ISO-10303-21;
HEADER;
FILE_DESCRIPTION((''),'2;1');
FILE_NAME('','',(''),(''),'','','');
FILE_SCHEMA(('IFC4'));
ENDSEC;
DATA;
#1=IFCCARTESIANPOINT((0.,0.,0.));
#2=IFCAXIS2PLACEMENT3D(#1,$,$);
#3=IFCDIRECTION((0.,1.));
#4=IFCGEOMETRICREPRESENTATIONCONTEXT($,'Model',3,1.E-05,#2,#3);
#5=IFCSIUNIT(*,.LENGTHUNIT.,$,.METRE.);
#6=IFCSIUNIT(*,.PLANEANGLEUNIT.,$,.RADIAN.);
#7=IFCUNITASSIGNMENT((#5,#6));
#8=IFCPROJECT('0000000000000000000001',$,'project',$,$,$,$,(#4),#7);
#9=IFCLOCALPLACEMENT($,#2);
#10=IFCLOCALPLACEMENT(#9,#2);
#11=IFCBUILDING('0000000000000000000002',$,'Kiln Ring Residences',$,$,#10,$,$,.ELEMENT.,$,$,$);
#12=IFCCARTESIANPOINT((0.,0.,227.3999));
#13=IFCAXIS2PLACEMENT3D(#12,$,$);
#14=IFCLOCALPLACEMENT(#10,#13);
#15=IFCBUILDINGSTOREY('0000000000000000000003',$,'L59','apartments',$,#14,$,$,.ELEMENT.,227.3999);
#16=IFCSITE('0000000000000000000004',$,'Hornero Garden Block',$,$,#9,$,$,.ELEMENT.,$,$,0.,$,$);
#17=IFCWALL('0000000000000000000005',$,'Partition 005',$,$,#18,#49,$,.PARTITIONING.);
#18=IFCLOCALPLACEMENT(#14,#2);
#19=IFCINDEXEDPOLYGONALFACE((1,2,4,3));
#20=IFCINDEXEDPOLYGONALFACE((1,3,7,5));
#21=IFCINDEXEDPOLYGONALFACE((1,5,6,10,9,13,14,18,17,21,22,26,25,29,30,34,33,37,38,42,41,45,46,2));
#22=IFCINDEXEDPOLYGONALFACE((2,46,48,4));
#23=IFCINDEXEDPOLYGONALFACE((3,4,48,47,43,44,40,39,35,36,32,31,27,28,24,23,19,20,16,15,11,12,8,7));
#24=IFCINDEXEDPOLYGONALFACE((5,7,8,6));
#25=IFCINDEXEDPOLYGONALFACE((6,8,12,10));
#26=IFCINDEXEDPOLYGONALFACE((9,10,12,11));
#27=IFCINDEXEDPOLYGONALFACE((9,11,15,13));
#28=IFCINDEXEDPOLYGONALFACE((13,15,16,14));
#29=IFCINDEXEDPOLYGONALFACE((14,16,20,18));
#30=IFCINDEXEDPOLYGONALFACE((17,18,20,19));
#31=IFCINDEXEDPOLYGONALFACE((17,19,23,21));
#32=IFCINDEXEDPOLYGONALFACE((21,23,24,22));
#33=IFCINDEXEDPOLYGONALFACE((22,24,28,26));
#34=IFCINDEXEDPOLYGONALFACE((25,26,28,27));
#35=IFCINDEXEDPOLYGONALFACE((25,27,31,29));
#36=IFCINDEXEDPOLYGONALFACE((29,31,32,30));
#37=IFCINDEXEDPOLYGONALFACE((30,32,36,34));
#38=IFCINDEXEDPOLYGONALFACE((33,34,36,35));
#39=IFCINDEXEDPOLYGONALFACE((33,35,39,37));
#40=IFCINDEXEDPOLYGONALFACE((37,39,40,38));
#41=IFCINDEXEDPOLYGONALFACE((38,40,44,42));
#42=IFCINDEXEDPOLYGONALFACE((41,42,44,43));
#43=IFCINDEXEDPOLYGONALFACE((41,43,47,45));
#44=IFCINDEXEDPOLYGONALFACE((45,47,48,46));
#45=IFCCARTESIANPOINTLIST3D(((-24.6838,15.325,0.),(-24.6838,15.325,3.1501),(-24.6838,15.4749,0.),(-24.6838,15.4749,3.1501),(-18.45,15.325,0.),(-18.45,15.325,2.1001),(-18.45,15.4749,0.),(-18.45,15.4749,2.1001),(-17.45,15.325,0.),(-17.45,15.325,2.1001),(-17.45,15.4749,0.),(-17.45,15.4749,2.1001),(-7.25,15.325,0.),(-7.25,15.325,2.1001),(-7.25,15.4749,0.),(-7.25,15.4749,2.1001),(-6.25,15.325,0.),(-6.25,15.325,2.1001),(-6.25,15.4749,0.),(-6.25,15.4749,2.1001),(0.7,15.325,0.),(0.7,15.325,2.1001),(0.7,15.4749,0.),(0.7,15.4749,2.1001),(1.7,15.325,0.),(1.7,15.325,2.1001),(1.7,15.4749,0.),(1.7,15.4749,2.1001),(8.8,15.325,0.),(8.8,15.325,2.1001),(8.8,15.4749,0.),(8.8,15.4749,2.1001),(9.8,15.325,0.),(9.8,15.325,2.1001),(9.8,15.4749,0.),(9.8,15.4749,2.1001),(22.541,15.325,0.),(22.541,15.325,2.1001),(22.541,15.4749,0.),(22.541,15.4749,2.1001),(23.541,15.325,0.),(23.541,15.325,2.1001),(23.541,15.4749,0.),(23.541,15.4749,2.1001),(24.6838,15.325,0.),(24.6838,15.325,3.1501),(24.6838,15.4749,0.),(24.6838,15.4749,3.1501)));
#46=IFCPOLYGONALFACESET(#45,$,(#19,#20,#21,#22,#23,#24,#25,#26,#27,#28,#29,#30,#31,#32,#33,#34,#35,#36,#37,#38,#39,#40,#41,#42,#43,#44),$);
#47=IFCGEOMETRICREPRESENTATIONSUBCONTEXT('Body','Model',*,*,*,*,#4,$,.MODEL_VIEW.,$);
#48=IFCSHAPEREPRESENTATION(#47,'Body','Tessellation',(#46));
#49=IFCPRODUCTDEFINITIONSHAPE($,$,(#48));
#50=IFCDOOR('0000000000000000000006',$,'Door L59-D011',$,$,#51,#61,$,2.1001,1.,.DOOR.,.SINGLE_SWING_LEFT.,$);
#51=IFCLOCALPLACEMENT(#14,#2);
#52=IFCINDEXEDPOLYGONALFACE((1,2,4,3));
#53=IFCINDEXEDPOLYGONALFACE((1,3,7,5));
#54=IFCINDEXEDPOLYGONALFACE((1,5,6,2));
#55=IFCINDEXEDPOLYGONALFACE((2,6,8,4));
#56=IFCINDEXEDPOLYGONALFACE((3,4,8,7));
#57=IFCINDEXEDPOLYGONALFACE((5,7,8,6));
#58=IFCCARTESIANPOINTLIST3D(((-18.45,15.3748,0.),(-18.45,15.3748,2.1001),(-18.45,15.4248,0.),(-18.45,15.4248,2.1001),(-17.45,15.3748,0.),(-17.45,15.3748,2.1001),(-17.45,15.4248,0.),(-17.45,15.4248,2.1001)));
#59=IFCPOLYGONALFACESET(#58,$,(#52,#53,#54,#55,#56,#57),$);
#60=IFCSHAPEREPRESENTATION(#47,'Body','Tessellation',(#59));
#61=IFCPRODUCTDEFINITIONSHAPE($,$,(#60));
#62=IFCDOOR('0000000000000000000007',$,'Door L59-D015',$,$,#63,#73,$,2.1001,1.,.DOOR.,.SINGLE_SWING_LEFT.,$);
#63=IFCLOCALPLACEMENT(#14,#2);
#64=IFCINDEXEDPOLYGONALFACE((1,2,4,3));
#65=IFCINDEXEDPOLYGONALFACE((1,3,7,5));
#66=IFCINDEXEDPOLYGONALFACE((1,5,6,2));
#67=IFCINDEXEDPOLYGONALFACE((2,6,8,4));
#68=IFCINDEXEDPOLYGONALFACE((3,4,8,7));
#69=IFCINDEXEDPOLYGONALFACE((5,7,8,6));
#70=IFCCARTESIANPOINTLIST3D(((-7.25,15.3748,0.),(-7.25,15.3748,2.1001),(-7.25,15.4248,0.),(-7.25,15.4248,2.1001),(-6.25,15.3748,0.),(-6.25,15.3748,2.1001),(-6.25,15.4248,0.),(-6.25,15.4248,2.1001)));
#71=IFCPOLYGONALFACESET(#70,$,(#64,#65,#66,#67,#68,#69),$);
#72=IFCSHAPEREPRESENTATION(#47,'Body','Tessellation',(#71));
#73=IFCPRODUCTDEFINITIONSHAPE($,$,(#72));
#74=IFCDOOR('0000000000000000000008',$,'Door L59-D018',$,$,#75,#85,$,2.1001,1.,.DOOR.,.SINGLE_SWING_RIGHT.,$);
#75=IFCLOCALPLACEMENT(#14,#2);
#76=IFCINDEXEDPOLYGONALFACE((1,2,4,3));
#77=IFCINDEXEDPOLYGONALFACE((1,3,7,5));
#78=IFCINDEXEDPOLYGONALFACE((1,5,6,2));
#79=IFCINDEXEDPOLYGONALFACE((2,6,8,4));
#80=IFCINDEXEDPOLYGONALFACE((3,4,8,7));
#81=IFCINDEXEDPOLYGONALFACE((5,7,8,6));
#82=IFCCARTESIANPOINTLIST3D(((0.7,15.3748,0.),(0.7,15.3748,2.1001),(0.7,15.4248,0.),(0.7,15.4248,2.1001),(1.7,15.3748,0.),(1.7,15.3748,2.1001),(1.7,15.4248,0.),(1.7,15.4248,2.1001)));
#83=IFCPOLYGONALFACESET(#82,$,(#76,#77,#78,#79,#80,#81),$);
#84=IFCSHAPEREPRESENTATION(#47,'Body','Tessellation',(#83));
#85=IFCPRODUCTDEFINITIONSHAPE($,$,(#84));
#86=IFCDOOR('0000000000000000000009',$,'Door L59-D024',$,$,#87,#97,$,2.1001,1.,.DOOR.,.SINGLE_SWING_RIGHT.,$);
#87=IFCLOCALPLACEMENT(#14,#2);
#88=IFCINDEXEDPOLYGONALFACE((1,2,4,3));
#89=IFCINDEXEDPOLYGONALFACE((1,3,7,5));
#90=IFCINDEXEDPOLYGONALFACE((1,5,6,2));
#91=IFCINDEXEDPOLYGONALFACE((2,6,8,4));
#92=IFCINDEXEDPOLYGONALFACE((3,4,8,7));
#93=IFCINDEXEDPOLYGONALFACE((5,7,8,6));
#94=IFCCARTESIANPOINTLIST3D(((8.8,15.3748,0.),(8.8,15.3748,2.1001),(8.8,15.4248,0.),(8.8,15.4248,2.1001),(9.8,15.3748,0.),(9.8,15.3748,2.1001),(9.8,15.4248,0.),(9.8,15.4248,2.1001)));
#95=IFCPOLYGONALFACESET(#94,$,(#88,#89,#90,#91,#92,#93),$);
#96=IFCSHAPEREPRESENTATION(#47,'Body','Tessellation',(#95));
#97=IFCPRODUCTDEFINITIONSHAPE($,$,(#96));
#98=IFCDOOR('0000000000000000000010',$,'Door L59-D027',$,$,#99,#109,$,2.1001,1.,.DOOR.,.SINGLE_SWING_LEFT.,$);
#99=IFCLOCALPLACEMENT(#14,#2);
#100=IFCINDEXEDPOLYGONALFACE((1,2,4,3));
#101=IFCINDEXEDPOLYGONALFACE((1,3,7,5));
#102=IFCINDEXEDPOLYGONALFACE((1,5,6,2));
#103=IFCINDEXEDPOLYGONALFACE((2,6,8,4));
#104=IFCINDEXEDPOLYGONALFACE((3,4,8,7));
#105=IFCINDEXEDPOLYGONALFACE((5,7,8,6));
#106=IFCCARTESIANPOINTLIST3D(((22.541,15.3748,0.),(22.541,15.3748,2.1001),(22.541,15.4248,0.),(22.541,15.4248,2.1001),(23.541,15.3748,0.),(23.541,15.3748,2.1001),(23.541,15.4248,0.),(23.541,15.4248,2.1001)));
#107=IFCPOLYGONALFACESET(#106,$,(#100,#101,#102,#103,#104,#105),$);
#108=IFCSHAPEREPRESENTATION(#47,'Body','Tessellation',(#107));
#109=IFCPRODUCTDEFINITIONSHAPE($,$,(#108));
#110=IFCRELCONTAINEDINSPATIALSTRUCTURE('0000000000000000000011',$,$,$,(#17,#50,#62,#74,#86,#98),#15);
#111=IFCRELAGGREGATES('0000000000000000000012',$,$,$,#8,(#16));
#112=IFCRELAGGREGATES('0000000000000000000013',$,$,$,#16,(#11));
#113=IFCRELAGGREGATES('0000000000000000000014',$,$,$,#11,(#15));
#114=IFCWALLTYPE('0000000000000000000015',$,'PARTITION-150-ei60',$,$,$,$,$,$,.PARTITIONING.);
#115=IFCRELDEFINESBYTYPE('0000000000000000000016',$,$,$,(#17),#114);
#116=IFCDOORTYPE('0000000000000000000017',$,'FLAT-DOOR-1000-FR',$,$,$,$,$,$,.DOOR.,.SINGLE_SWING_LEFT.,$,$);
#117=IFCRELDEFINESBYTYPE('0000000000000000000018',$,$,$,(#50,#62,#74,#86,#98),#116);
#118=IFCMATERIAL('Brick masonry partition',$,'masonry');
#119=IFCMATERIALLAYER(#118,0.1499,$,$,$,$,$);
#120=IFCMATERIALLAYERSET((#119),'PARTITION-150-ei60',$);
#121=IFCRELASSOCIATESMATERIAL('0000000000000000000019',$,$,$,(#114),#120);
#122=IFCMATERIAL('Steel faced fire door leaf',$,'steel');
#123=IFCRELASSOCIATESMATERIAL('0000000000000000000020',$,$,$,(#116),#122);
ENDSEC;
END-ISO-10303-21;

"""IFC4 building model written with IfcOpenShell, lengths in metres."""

from ifc_helpers import new_model, si_unit, direction, frame, frame_2d, origin, place, context, subcontext, project, spatial, rectangle, extrude, material, layer, layer_set, type_object, element, fill, save


model = new_model("IFC4")

# Units and contexts
model_context = context("Model", 3, precision=1e-05, world=origin(), true_north=direction((0.0, 1.0)))
body_context = subcontext(model_context, "Body", "Model", "MODEL_VIEW")
ifc_project = project(units=[si_unit("LENGTHUNIT", "METRE"), si_unit("PLANEANGLEUNIT", "RADIAN")], contexts=[model_context])

# Site, building, storey
site_placement = place(None, origin())
site = spatial("IfcSite", under=ifc_project, at=site_placement, Name="Hornero Garden Block", CompositionType="ELEMENT", RefElevation=0.0)
building_placement = place(site_placement, origin())
building = spatial("IfcBuilding", under=site, at=building_placement, Name="Kiln Ring Residences", CompositionType="ELEMENT")
storey_placement = place(building_placement, frame((0.0, 0.0, 227.3999)))
storey = spatial("IfcBuildingStorey", under=building, at=storey_placement, Name="L59", Description="apartments", CompositionType="ELEMENT", Elevation=227.3999)

# Wall, openings, doors
ifc_material_1 = material(Name="Brick masonry partition", Category="masonry")
ifc_layer_1 = layer(ifc_material_1, 0.1499)
ifc_layer_set_1 = layer_set([ifc_layer_1], Name="PARTITION-150-ei60")
wall_type_1 = type_object("IfcWallType", Name="PARTITION-150-ei60", PredefinedType="PARTITIONING", material=ifc_layer_set_1)
wall_1_placement = place(storey_placement, frame((-24.6838, 15.3999, 0.0), z_axis=(0.0, 0.0, 1.0), x_axis=(1.0, 0.0, 0.0)))
wall_1 = element("IfcWall", 1, at=wall_1_placement, inside=storey, type_object=wall_type_1, Name="Partition 005", PredefinedType="PARTITIONING", context=body_context, shape_type="SweptSolid", body=[
    extrude(rectangle(XDim=49.3677, YDim=0.1499, at=frame_2d((24.6838, 0.0))), origin(), (0.0, 0.0, 1.0), 3.1501),
])
opening_1_placement = place(wall_1_placement, frame((6.2339, 0.0, 0.0)))
opening_1 = element("IfcOpeningElement", 2, at=opening_1_placement, cuts=wall_1, PredefinedType="OPENING", context=body_context, shape_type="SweptSolid", body=[
    extrude(rectangle(XDim=1.0, YDim=2.1001, at=frame_2d((0.5, 1.05))), frame((0.0, 0.085, 0.0), z_axis=(0.0, -1.0, 0.0), x_axis=(1.0, 0.0, 0.0)), (0.0, 0.0, 1.0), 0.1699),
])
opening_2_placement = place(wall_1_placement, frame((17.4338, 0.0, 0.0)))
opening_2 = element("IfcOpeningElement", 3, at=opening_2_placement, cuts=wall_1, PredefinedType="OPENING", context=body_context, shape_type="SweptSolid", body=[
    extrude(rectangle(XDim=1.0, YDim=2.1001, at=frame_2d((0.5, 1.05))), frame((0.0, 0.085, 0.0), z_axis=(0.0, -1.0, 0.0), x_axis=(1.0, 0.0, 0.0)), (0.0, 0.0, 1.0), 0.1699),
])
opening_3_placement = place(wall_1_placement, frame((25.3838, 0.0, 0.0)))
opening_3 = element("IfcOpeningElement", 4, at=opening_3_placement, cuts=wall_1, PredefinedType="OPENING", context=body_context, shape_type="SweptSolid", body=[
    extrude(rectangle(XDim=1.0, YDim=2.1001, at=frame_2d((0.5, 1.05))), frame((0.0, 0.085, 0.0), z_axis=(0.0, -1.0, 0.0), x_axis=(1.0, 0.0, 0.0)), (0.0, 0.0, 1.0), 0.1699),
])
opening_4_placement = place(wall_1_placement, frame((33.4839, 0.0, 0.0)))
opening_4 = element("IfcOpeningElement", 5, at=opening_4_placement, cuts=wall_1, PredefinedType="OPENING", context=body_context, shape_type="SweptSolid", body=[
    extrude(rectangle(XDim=1.0, YDim=2.1001, at=frame_2d((0.5, 1.05))), frame((0.0, 0.085, 0.0), z_axis=(0.0, -1.0, 0.0), x_axis=(1.0, 0.0, 0.0)), (0.0, 0.0, 1.0), 0.1699),
])
opening_5_placement = place(wall_1_placement, frame((47.2249, 0.0, 0.0)))
opening_5 = element("IfcOpeningElement", 6, at=opening_5_placement, cuts=wall_1, PredefinedType="OPENING", context=body_context, shape_type="SweptSolid", body=[
    extrude(rectangle(XDim=1.0, YDim=2.1001, at=frame_2d((0.5, 1.05))), frame((0.0, 0.085, 0.0), z_axis=(0.0, -1.0, 0.0), x_axis=(1.0, 0.0, 0.0)), (0.0, 0.0, 1.0), 0.1699),
])
ifc_material_2 = material(Name="Steel faced fire door leaf", Category="steel")
door_type_1 = type_object("IfcDoorType", Name="FLAT-DOOR-1000-FR", OperationType="SINGLE_SWING_LEFT", PredefinedType="DOOR", material=ifc_material_2)
door_1_placement = place(opening_1_placement, origin())
door_1 = element("IfcDoor", 7, at=door_1_placement, inside=storey, type_object=door_type_1, Name="Door L59-D011", OperationType="SINGLE_SWING_LEFT", OverallHeight=2.1001, OverallWidth=1.0, PredefinedType="DOOR", context=body_context, shape_type="SweptSolid", body=[
    extrude(rectangle(XDim=1.0, YDim=2.1001, at=frame_2d((0.5, 1.05))), frame((0.0, 0.0249, 0.0), z_axis=(0.0, -1.0, 0.0), x_axis=(1.0, 0.0, 0.0)), (0.0, 0.0, 1.0), 0.05),
])
fill(opening_1, door_1)
door_2_placement = place(opening_2_placement, origin())
door_2 = element("IfcDoor", 8, at=door_2_placement, inside=storey, type_object=door_type_1, Name="Door L59-D015", OperationType="SINGLE_SWING_LEFT", OverallHeight=2.1001, OverallWidth=1.0, PredefinedType="DOOR", context=body_context, shape_type="SweptSolid", body=[
    extrude(rectangle(XDim=1.0, YDim=2.1001, at=frame_2d((0.5, 1.05))), frame((0.0, 0.0249, 0.0), z_axis=(0.0, -1.0, 0.0), x_axis=(1.0, 0.0, 0.0)), (0.0, 0.0, 1.0), 0.05),
])
fill(opening_2, door_2)
door_3_placement = place(opening_3_placement, origin())
door_3 = element("IfcDoor", 9, at=door_3_placement, inside=storey, type_object=door_type_1, Name="Door L59-D018", OperationType="SINGLE_SWING_RIGHT", OverallHeight=2.1001, OverallWidth=1.0, PredefinedType="DOOR", context=body_context, shape_type="SweptSolid", body=[
    extrude(rectangle(XDim=1.0, YDim=2.1001, at=frame_2d((0.5, 1.05))), frame((0.0, 0.0249, 0.0), z_axis=(0.0, -1.0, 0.0), x_axis=(1.0, 0.0, 0.0)), (0.0, 0.0, 1.0), 0.05),
])
fill(opening_3, door_3)
door_4_placement = place(opening_4_placement, origin())
door_4 = element("IfcDoor", 10, at=door_4_placement, inside=storey, type_object=door_type_1, Name="Door L59-D024", OperationType="SINGLE_SWING_RIGHT", OverallHeight=2.1001, OverallWidth=1.0, PredefinedType="DOOR", context=body_context, shape_type="SweptSolid", body=[
    extrude(rectangle(XDim=1.0, YDim=2.1001, at=frame_2d((0.5, 1.05))), frame((0.0, 0.0249, 0.0), z_axis=(0.0, -1.0, 0.0), x_axis=(1.0, 0.0, 0.0)), (0.0, 0.0, 1.0), 0.05),
])
fill(opening_4, door_4)
door_5_placement = place(opening_5_placement, origin())
door_5 = element("IfcDoor", 11, at=door_5_placement, inside=storey, type_object=door_type_1, Name="Door L59-D027", OperationType="SINGLE_SWING_LEFT", OverallHeight=2.1001, OverallWidth=1.0, PredefinedType="DOOR", context=body_context, shape_type="SweptSolid", body=[
    extrude(rectangle(XDim=1.0, YDim=2.1001, at=frame_2d((0.5, 1.05))), frame((0.0, 0.0249, 0.0), z_axis=(0.0, -1.0, 0.0), x_axis=(1.0, 0.0, 0.0)), (0.0, 0.0, 1.0), 0.05),
])
fill(opening_5, door_5)

save(model, "model.ifc")
